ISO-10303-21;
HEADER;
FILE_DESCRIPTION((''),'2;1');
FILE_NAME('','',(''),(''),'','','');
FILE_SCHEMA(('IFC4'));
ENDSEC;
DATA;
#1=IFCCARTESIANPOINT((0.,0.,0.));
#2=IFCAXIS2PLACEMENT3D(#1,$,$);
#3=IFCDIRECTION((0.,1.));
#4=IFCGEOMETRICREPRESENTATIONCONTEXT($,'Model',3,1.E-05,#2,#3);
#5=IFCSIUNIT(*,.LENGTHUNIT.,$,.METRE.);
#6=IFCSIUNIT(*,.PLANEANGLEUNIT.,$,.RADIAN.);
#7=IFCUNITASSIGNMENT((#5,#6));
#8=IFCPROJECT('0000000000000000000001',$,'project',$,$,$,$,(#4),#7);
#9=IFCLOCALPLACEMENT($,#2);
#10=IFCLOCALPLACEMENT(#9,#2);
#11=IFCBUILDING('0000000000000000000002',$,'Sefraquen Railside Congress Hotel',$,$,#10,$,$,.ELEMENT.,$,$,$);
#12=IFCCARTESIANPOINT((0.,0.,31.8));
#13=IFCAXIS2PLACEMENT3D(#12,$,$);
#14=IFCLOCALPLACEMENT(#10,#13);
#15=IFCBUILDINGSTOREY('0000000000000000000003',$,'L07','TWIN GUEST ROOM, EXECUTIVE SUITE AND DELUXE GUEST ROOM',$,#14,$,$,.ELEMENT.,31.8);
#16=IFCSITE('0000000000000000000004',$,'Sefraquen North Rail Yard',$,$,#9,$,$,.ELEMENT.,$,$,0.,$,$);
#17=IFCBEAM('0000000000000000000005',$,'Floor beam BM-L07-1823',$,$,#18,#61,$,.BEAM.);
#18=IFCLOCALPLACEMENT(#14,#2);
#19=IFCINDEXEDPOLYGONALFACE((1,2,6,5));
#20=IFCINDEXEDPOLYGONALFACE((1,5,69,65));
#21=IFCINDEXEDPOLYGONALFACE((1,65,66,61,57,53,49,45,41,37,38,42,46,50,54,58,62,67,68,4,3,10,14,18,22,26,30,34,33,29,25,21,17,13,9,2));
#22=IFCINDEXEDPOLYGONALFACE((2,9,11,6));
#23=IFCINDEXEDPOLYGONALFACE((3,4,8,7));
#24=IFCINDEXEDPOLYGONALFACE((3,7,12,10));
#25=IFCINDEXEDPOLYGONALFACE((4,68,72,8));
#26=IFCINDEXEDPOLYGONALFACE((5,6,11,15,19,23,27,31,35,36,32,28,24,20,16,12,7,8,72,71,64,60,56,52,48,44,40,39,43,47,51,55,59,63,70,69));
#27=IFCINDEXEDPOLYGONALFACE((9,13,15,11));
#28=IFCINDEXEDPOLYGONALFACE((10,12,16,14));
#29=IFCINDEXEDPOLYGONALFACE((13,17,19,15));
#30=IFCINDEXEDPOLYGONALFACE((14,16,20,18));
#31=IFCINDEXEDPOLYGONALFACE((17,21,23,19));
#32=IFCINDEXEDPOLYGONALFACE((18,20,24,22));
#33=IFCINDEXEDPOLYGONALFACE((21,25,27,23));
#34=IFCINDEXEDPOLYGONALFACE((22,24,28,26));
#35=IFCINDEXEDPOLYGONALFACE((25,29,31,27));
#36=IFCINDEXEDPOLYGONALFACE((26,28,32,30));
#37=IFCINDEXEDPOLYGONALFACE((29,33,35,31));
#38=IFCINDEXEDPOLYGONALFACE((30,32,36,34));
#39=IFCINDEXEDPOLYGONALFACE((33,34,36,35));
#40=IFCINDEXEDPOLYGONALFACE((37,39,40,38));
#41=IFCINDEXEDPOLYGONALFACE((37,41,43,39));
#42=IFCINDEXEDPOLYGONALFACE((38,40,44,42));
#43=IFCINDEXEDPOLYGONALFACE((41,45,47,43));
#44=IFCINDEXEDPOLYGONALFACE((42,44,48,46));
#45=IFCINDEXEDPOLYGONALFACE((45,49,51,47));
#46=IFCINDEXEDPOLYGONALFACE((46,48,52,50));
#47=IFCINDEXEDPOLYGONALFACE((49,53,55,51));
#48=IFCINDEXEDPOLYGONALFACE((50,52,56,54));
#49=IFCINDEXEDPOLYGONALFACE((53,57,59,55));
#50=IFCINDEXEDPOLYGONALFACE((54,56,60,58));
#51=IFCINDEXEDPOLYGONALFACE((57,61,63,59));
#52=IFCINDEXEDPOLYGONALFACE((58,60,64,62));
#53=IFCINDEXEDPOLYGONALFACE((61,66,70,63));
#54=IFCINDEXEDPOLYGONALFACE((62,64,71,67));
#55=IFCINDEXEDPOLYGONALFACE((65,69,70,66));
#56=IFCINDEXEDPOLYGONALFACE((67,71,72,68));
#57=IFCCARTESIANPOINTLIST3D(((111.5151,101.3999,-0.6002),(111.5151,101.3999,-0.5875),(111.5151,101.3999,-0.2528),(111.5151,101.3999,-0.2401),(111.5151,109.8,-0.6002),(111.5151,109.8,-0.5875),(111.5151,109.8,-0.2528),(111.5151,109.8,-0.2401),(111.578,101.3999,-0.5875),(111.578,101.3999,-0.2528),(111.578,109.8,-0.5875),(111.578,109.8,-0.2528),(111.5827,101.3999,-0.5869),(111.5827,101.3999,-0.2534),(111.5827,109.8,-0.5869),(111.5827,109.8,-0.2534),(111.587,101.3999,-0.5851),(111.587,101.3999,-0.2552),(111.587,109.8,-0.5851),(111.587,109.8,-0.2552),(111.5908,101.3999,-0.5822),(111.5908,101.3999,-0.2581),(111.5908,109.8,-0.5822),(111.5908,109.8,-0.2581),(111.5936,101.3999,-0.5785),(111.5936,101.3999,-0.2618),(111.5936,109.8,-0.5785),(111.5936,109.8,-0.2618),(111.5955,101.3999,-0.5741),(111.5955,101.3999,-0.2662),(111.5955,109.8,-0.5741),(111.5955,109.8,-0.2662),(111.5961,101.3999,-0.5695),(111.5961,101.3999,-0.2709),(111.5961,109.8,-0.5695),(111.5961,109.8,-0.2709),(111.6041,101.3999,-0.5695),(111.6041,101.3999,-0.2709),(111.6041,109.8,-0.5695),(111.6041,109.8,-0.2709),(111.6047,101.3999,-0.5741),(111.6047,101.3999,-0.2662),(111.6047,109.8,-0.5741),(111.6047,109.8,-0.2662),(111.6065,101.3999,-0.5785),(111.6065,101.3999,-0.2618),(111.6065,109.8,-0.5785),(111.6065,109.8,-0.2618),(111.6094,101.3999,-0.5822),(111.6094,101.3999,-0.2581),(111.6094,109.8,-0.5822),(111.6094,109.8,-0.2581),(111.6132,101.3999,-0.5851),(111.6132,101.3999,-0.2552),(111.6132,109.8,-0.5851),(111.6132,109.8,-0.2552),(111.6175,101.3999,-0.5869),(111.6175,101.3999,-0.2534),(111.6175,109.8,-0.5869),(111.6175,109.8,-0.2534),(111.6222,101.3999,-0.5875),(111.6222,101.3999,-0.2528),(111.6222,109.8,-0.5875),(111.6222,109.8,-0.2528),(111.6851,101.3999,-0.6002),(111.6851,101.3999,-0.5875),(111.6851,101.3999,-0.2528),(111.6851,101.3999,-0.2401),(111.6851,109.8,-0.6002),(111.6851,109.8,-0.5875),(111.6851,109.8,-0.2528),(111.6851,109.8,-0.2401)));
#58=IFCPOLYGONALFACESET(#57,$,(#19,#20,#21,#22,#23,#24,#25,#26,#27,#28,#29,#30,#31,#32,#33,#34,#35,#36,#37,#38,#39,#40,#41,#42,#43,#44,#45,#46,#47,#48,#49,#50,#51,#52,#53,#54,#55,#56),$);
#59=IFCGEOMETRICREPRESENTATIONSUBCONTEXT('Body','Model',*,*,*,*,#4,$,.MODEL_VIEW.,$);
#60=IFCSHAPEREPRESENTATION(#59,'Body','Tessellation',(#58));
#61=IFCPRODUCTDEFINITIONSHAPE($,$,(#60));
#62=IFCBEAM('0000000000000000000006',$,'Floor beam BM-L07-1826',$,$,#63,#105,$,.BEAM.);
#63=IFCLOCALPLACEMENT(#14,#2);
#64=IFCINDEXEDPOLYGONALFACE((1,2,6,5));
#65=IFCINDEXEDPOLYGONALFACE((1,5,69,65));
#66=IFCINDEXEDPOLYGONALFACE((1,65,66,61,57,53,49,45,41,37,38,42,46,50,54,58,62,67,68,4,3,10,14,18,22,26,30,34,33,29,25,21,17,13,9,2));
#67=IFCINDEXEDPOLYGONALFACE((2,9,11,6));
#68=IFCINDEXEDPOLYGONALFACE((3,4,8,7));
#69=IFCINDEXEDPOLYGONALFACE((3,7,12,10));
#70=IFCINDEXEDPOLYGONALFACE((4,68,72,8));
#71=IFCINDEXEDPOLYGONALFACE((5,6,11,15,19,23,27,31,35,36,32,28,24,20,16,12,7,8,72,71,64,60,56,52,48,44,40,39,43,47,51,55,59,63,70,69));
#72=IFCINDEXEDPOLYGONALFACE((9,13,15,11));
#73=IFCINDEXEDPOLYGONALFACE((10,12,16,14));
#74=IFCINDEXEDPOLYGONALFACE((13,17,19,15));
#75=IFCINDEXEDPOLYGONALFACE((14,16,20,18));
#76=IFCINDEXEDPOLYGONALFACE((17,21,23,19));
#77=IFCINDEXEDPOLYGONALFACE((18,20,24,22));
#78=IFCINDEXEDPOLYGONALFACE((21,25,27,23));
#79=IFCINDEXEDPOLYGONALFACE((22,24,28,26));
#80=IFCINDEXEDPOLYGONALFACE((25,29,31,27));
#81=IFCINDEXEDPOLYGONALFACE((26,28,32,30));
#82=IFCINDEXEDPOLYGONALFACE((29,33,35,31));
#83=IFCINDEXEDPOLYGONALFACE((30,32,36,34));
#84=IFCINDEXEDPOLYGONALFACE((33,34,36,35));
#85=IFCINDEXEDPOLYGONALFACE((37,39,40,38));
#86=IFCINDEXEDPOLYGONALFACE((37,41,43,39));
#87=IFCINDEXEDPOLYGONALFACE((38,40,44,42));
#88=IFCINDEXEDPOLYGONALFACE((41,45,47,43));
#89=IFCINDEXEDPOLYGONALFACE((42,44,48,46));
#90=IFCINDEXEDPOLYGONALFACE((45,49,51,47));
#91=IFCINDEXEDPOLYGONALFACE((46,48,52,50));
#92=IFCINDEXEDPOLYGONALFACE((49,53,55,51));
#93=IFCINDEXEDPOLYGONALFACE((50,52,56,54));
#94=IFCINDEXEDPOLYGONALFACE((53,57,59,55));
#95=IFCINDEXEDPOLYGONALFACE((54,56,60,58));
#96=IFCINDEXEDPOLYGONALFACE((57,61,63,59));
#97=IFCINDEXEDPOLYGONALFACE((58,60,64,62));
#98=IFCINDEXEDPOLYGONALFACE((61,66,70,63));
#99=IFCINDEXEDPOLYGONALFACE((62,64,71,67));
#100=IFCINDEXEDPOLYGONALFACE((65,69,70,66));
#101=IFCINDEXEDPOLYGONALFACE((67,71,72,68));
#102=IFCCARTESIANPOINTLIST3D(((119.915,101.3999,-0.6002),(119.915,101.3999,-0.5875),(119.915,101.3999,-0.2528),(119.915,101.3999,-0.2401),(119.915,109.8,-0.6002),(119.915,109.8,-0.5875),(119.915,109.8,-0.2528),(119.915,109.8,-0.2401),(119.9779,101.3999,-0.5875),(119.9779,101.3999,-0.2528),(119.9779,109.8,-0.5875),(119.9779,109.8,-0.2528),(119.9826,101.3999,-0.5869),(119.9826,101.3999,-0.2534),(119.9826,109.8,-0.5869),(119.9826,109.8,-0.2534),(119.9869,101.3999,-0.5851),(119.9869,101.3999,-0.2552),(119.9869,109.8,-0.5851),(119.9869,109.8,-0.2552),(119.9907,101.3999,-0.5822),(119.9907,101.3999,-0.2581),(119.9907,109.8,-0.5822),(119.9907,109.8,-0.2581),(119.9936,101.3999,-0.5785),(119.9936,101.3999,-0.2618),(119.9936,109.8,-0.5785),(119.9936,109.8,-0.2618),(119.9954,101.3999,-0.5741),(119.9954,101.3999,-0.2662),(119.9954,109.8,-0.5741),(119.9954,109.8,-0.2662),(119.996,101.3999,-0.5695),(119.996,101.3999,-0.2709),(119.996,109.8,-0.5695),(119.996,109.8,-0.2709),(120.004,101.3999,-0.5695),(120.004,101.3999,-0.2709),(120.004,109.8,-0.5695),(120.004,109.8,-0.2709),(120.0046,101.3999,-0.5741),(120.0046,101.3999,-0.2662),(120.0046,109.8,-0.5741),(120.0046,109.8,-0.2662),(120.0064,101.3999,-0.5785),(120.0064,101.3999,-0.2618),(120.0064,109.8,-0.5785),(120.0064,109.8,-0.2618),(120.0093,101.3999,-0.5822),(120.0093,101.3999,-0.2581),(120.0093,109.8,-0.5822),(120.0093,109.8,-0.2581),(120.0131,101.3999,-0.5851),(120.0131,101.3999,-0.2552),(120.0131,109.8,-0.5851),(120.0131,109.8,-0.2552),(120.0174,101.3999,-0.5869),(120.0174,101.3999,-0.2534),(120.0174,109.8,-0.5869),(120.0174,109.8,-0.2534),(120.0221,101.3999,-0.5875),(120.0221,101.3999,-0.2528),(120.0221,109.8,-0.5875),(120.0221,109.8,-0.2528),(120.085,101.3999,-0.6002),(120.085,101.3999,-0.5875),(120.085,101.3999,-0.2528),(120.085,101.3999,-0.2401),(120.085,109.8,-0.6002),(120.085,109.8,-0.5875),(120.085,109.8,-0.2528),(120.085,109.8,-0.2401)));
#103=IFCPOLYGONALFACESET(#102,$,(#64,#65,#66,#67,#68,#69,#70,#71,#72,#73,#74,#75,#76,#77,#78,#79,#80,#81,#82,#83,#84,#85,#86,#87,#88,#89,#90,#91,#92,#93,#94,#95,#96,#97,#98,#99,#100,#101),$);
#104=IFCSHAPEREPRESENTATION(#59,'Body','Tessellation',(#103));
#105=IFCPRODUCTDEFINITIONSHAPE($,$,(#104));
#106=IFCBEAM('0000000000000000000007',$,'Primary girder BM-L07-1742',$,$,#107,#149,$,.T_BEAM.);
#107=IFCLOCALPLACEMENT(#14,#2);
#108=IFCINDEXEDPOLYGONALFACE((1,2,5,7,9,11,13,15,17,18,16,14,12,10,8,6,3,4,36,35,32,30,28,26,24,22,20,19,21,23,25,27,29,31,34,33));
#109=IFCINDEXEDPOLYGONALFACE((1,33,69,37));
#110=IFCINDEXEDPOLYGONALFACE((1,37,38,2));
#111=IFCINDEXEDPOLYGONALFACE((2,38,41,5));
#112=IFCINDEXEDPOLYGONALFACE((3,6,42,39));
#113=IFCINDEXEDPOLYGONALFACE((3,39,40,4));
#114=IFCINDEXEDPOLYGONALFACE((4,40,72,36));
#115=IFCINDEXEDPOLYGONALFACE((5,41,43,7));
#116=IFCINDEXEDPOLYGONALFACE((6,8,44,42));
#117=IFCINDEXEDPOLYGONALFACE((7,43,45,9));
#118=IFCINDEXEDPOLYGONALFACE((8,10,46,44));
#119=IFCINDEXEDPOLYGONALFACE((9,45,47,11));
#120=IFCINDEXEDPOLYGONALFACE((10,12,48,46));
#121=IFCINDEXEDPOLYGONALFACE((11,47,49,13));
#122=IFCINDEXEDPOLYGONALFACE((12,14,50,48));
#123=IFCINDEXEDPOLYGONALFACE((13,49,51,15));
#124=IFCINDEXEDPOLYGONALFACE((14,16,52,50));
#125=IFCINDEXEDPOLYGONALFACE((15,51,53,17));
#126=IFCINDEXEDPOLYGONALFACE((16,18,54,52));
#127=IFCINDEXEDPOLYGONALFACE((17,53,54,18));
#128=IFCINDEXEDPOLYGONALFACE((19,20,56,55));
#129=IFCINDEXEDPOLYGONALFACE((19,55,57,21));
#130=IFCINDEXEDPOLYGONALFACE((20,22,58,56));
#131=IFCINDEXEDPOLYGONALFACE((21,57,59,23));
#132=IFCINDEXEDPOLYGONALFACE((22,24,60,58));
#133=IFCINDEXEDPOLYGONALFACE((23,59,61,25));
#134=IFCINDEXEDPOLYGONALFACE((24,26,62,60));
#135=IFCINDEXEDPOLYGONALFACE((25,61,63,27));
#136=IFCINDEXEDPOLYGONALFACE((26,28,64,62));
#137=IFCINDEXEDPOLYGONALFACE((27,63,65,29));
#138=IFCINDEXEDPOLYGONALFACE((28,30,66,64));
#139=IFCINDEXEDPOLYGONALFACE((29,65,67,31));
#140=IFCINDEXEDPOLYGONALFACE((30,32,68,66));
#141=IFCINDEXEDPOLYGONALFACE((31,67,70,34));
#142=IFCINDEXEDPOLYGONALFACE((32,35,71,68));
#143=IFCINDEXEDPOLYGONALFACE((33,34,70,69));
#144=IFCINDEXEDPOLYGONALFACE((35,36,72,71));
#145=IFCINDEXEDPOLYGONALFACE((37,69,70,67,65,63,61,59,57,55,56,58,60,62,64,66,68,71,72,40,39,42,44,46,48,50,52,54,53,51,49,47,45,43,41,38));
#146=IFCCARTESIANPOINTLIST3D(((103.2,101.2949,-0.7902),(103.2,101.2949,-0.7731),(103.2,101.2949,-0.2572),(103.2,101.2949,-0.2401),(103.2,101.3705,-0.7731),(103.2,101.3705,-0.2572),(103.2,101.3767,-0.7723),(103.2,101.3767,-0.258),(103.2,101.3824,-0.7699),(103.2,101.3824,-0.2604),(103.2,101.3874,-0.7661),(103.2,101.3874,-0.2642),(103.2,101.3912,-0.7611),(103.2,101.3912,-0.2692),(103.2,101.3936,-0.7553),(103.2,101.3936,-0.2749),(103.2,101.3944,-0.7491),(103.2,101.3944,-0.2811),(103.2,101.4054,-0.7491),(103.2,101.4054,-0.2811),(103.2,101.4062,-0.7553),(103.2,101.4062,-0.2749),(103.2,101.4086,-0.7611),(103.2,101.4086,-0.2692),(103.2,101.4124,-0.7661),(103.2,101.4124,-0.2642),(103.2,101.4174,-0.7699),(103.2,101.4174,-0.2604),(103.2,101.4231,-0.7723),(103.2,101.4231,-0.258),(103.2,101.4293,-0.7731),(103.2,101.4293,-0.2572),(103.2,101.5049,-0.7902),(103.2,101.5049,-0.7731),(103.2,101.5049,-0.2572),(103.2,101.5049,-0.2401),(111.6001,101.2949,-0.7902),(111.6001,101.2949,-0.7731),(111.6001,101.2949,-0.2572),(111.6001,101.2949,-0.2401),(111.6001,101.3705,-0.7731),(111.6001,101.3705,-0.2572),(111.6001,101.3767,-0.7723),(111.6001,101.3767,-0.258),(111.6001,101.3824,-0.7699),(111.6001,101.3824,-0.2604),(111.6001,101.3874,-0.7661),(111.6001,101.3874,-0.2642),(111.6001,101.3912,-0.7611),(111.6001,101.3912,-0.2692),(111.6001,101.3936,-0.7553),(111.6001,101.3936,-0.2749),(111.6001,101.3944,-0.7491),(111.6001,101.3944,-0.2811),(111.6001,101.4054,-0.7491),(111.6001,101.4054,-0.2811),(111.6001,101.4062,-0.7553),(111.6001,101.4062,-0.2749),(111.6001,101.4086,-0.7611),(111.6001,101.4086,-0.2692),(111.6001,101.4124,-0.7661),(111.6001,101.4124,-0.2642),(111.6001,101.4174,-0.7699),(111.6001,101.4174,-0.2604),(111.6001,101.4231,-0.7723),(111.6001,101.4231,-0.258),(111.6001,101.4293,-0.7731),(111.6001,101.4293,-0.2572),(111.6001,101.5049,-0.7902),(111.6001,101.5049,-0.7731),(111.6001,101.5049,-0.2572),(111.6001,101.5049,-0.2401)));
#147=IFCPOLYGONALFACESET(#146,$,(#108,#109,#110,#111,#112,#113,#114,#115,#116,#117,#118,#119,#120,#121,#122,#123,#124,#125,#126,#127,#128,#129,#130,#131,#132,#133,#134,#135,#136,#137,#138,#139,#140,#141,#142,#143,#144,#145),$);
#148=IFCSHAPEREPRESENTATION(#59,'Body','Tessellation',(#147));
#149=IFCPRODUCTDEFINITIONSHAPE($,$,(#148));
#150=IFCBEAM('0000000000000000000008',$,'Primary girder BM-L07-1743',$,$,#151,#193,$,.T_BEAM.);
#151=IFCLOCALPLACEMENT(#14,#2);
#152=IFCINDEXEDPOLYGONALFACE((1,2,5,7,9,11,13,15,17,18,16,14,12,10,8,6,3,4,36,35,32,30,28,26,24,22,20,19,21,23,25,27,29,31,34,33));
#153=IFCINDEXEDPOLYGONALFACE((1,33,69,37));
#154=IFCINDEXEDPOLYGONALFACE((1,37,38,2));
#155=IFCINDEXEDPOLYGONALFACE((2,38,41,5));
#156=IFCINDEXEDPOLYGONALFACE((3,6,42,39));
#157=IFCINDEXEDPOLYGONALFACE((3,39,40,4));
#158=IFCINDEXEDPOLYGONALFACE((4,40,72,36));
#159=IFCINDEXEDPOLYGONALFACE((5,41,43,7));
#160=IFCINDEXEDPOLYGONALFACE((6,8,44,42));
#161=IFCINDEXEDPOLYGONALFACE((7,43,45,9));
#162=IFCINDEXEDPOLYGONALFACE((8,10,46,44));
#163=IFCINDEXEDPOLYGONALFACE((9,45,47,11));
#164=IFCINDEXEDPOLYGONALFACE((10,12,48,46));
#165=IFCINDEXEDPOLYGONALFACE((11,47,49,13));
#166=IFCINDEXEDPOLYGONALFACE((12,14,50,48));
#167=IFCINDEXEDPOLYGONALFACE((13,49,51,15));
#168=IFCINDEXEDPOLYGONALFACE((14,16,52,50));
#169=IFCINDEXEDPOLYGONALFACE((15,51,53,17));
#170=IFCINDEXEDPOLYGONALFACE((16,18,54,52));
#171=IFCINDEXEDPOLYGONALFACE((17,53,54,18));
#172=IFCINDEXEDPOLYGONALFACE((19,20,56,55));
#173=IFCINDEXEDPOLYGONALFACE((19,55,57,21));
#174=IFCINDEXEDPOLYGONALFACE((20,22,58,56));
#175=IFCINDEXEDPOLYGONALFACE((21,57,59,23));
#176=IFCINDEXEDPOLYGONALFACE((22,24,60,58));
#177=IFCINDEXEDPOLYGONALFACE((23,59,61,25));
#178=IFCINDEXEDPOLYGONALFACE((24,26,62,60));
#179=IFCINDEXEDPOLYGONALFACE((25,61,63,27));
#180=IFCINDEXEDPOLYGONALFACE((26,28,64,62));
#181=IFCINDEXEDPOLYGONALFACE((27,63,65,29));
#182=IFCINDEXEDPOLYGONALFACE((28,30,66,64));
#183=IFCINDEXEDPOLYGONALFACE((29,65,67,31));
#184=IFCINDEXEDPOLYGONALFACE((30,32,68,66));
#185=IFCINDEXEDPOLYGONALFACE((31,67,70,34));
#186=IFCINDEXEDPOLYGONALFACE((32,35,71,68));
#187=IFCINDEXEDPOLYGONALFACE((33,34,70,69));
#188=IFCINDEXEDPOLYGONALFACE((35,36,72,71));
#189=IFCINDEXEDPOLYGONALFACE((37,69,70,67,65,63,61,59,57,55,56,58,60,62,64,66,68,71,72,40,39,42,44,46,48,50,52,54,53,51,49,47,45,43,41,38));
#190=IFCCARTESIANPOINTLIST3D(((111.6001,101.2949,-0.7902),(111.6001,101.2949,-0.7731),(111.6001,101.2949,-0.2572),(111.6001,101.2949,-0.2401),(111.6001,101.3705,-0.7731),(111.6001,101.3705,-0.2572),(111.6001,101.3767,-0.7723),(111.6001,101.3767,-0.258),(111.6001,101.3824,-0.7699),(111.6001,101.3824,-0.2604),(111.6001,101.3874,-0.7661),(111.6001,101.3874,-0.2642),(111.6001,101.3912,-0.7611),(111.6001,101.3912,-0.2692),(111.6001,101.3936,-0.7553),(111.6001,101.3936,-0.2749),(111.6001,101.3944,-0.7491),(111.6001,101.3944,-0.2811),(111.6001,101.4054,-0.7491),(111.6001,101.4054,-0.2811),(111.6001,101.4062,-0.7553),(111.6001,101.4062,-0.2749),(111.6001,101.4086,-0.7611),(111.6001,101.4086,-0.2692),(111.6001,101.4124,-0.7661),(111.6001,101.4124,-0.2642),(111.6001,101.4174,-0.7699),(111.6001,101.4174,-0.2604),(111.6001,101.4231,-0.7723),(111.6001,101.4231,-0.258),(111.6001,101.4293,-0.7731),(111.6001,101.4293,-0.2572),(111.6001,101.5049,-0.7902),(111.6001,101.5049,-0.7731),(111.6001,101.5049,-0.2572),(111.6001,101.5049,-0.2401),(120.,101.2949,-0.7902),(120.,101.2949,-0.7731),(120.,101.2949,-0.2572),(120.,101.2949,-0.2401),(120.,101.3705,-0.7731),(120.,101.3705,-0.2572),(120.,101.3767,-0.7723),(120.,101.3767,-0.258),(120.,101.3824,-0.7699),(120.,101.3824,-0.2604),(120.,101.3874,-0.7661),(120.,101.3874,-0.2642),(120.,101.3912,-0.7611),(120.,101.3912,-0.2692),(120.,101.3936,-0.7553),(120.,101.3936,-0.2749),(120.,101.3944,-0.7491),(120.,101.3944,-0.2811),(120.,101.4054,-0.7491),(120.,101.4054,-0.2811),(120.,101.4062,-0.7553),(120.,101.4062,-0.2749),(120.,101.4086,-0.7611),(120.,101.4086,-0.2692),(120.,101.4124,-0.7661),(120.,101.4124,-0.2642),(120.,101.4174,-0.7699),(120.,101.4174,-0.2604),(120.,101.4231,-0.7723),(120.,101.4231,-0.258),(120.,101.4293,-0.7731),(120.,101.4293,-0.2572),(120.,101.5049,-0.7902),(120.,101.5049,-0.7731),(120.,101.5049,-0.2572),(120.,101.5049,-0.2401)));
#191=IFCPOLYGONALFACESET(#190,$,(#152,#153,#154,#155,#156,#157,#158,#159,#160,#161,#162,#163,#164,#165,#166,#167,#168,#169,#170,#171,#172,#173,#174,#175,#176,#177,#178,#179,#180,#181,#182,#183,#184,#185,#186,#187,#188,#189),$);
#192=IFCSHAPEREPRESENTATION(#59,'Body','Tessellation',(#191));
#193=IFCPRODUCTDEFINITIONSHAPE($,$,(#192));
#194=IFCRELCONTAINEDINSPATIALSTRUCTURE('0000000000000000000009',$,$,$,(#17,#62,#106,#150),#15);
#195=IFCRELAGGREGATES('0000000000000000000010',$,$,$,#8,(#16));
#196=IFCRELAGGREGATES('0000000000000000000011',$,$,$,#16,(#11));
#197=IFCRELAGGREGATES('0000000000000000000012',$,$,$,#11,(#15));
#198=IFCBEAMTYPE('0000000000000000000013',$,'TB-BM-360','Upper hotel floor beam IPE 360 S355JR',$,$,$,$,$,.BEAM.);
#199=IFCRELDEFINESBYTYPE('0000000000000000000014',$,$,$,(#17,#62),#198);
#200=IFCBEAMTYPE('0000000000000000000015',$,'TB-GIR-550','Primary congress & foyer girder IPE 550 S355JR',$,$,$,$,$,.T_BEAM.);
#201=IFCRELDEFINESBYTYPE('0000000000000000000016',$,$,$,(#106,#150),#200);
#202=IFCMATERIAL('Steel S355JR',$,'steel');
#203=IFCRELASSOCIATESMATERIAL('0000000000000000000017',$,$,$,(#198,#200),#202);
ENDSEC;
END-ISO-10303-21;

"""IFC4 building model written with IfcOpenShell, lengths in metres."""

from ifc_helpers import new_model, si_unit, direction, frame, origin, origin_2d, place, context, subcontext, project, spatial, i_section, extrude, material, material_profile, profile_set, type_object, element, save


model = new_model("IFC4")

# Units and contexts
model_context = context("Model", 3, precision=1e-05, world=origin(), true_north=direction((0.0, 1.0)))
body_context = subcontext(model_context, "Body", "Model", "MODEL_VIEW")
ifc_project = project(units=[si_unit("LENGTHUNIT", "METRE"), si_unit("PLANEANGLEUNIT", "RADIAN")], contexts=[model_context])

# Site, building, storey
site_placement = place(None, origin())
site = spatial("IfcSite", under=ifc_project, at=site_placement, Name="Sefraquen North Rail Yard", CompositionType="ELEMENT", RefElevation=0.0)
building_placement = place(site_placement, origin())
building = spatial("IfcBuilding", under=site, at=building_placement, Name="Sefraquen Railside Congress Hotel", CompositionType="ELEMENT")
storey_placement = place(building_placement, frame((0.0, 0.0, 31.8)))
storey = spatial("IfcBuildingStorey", under=building, at=storey_placement, Name="L07", Description="TWIN GUEST ROOM, EXECUTIVE SUITE AND DELUXE GUEST ROOM", CompositionType="ELEMENT", Elevation=31.8)

# Shared definitions
ifc_material_1 = material(Name="Steel S355JR", Category="steel")

# Beams
ifc_material_profile_1 = material_profile(ifc_material_1, i_section(OverallWidth=0.1699, OverallDepth=0.3601, WebThickness=0.0081, FlangeThickness=0.0127, FilletRadius=0.0181, at=origin_2d()), Name="IPE 360")
ifc_profile_set_1 = profile_set([ifc_material_profile_1], Name="Steel S355JR")
beam_type_1 = type_object("IfcBeamType", Name="TB-BM-360", Description="Upper hotel floor beam IPE 360 S355JR", PredefinedType="BEAM", material=ifc_profile_set_1)
for number, where, z_axis, x_axis, name in (
    (1, (111.6001, 101.3999, -0.4202), (0.0, 1.0, 0.0), (-1.0, 0.0, 0.0), "Floor beam BM-L07-1823"),
    (2, (120.0, 101.3999, -0.4202), (0.0, 1.0, 0.0), (-1.0, 0.0, 0.0), "Floor beam BM-L07-1826"),
):
    element("IfcBeam", number, at=place(storey_placement, frame(where, z_axis=z_axis, x_axis=x_axis)), inside=storey, type_object=beam_type_1, Name=name, PredefinedType="BEAM", context=body_context, shape_type="SweptSolid", body=[
        extrude(i_section(OverallWidth=0.1699, OverallDepth=0.3601, WebThickness=0.0081, FlangeThickness=0.0127, FilletRadius=0.0181, at=origin_2d()), origin(), (0.0, 0.0, 1.0), 8.4001),
    ])
ifc_material_profile_2 = material_profile(ifc_material_1, i_section(OverallWidth=0.21, OverallDepth=0.55, WebThickness=0.011, FlangeThickness=0.0171, FilletRadius=0.0239, at=origin_2d()), Name="IPE 550")
ifc_profile_set_2 = profile_set([ifc_material_profile_2], Name="Steel S355JR")
beam_type_2 = type_object("IfcBeamType", Name="TB-GIR-550", Description="Primary congress & foyer girder IPE 550 S355JR", PredefinedType="T_BEAM", material=ifc_profile_set_2)
beam_1_placement = place(storey_placement, frame((103.2, 101.3999, -0.5151), z_axis=(1.0, 0.0, 0.0), x_axis=(0.0, 1.0, 0.0)))
element("IfcBeam", 3, at=beam_1_placement, inside=storey, type_object=beam_type_2, Name="Primary girder BM-L07-1742", PredefinedType="T_BEAM", context=body_context, shape_type="SweptSolid", body=[
    extrude(i_section(OverallWidth=0.21, OverallDepth=0.55, WebThickness=0.011, FlangeThickness=0.0171, FilletRadius=0.0239, at=origin_2d()), origin(), (0.0, 0.0, 1.0), 8.4001),
])
beam_2_placement = place(storey_placement, frame((111.6001, 101.3999, -0.5151), z_axis=(1.0, 0.0, 0.0), x_axis=(0.0, 1.0, 0.0)))
element("IfcBeam", 4, at=beam_2_placement, inside=storey, type_object=beam_type_2, Name="Primary girder BM-L07-1743", PredefinedType="T_BEAM", context=body_context, shape_type="SweptSolid", body=[
    extrude(i_section(OverallWidth=0.21, OverallDepth=0.55, WebThickness=0.011, FlangeThickness=0.0171, FilletRadius=0.0239, at=origin_2d()), origin(), (0.0, 0.0, 1.0), 8.3999),
])

save(model, "model.ifc")
